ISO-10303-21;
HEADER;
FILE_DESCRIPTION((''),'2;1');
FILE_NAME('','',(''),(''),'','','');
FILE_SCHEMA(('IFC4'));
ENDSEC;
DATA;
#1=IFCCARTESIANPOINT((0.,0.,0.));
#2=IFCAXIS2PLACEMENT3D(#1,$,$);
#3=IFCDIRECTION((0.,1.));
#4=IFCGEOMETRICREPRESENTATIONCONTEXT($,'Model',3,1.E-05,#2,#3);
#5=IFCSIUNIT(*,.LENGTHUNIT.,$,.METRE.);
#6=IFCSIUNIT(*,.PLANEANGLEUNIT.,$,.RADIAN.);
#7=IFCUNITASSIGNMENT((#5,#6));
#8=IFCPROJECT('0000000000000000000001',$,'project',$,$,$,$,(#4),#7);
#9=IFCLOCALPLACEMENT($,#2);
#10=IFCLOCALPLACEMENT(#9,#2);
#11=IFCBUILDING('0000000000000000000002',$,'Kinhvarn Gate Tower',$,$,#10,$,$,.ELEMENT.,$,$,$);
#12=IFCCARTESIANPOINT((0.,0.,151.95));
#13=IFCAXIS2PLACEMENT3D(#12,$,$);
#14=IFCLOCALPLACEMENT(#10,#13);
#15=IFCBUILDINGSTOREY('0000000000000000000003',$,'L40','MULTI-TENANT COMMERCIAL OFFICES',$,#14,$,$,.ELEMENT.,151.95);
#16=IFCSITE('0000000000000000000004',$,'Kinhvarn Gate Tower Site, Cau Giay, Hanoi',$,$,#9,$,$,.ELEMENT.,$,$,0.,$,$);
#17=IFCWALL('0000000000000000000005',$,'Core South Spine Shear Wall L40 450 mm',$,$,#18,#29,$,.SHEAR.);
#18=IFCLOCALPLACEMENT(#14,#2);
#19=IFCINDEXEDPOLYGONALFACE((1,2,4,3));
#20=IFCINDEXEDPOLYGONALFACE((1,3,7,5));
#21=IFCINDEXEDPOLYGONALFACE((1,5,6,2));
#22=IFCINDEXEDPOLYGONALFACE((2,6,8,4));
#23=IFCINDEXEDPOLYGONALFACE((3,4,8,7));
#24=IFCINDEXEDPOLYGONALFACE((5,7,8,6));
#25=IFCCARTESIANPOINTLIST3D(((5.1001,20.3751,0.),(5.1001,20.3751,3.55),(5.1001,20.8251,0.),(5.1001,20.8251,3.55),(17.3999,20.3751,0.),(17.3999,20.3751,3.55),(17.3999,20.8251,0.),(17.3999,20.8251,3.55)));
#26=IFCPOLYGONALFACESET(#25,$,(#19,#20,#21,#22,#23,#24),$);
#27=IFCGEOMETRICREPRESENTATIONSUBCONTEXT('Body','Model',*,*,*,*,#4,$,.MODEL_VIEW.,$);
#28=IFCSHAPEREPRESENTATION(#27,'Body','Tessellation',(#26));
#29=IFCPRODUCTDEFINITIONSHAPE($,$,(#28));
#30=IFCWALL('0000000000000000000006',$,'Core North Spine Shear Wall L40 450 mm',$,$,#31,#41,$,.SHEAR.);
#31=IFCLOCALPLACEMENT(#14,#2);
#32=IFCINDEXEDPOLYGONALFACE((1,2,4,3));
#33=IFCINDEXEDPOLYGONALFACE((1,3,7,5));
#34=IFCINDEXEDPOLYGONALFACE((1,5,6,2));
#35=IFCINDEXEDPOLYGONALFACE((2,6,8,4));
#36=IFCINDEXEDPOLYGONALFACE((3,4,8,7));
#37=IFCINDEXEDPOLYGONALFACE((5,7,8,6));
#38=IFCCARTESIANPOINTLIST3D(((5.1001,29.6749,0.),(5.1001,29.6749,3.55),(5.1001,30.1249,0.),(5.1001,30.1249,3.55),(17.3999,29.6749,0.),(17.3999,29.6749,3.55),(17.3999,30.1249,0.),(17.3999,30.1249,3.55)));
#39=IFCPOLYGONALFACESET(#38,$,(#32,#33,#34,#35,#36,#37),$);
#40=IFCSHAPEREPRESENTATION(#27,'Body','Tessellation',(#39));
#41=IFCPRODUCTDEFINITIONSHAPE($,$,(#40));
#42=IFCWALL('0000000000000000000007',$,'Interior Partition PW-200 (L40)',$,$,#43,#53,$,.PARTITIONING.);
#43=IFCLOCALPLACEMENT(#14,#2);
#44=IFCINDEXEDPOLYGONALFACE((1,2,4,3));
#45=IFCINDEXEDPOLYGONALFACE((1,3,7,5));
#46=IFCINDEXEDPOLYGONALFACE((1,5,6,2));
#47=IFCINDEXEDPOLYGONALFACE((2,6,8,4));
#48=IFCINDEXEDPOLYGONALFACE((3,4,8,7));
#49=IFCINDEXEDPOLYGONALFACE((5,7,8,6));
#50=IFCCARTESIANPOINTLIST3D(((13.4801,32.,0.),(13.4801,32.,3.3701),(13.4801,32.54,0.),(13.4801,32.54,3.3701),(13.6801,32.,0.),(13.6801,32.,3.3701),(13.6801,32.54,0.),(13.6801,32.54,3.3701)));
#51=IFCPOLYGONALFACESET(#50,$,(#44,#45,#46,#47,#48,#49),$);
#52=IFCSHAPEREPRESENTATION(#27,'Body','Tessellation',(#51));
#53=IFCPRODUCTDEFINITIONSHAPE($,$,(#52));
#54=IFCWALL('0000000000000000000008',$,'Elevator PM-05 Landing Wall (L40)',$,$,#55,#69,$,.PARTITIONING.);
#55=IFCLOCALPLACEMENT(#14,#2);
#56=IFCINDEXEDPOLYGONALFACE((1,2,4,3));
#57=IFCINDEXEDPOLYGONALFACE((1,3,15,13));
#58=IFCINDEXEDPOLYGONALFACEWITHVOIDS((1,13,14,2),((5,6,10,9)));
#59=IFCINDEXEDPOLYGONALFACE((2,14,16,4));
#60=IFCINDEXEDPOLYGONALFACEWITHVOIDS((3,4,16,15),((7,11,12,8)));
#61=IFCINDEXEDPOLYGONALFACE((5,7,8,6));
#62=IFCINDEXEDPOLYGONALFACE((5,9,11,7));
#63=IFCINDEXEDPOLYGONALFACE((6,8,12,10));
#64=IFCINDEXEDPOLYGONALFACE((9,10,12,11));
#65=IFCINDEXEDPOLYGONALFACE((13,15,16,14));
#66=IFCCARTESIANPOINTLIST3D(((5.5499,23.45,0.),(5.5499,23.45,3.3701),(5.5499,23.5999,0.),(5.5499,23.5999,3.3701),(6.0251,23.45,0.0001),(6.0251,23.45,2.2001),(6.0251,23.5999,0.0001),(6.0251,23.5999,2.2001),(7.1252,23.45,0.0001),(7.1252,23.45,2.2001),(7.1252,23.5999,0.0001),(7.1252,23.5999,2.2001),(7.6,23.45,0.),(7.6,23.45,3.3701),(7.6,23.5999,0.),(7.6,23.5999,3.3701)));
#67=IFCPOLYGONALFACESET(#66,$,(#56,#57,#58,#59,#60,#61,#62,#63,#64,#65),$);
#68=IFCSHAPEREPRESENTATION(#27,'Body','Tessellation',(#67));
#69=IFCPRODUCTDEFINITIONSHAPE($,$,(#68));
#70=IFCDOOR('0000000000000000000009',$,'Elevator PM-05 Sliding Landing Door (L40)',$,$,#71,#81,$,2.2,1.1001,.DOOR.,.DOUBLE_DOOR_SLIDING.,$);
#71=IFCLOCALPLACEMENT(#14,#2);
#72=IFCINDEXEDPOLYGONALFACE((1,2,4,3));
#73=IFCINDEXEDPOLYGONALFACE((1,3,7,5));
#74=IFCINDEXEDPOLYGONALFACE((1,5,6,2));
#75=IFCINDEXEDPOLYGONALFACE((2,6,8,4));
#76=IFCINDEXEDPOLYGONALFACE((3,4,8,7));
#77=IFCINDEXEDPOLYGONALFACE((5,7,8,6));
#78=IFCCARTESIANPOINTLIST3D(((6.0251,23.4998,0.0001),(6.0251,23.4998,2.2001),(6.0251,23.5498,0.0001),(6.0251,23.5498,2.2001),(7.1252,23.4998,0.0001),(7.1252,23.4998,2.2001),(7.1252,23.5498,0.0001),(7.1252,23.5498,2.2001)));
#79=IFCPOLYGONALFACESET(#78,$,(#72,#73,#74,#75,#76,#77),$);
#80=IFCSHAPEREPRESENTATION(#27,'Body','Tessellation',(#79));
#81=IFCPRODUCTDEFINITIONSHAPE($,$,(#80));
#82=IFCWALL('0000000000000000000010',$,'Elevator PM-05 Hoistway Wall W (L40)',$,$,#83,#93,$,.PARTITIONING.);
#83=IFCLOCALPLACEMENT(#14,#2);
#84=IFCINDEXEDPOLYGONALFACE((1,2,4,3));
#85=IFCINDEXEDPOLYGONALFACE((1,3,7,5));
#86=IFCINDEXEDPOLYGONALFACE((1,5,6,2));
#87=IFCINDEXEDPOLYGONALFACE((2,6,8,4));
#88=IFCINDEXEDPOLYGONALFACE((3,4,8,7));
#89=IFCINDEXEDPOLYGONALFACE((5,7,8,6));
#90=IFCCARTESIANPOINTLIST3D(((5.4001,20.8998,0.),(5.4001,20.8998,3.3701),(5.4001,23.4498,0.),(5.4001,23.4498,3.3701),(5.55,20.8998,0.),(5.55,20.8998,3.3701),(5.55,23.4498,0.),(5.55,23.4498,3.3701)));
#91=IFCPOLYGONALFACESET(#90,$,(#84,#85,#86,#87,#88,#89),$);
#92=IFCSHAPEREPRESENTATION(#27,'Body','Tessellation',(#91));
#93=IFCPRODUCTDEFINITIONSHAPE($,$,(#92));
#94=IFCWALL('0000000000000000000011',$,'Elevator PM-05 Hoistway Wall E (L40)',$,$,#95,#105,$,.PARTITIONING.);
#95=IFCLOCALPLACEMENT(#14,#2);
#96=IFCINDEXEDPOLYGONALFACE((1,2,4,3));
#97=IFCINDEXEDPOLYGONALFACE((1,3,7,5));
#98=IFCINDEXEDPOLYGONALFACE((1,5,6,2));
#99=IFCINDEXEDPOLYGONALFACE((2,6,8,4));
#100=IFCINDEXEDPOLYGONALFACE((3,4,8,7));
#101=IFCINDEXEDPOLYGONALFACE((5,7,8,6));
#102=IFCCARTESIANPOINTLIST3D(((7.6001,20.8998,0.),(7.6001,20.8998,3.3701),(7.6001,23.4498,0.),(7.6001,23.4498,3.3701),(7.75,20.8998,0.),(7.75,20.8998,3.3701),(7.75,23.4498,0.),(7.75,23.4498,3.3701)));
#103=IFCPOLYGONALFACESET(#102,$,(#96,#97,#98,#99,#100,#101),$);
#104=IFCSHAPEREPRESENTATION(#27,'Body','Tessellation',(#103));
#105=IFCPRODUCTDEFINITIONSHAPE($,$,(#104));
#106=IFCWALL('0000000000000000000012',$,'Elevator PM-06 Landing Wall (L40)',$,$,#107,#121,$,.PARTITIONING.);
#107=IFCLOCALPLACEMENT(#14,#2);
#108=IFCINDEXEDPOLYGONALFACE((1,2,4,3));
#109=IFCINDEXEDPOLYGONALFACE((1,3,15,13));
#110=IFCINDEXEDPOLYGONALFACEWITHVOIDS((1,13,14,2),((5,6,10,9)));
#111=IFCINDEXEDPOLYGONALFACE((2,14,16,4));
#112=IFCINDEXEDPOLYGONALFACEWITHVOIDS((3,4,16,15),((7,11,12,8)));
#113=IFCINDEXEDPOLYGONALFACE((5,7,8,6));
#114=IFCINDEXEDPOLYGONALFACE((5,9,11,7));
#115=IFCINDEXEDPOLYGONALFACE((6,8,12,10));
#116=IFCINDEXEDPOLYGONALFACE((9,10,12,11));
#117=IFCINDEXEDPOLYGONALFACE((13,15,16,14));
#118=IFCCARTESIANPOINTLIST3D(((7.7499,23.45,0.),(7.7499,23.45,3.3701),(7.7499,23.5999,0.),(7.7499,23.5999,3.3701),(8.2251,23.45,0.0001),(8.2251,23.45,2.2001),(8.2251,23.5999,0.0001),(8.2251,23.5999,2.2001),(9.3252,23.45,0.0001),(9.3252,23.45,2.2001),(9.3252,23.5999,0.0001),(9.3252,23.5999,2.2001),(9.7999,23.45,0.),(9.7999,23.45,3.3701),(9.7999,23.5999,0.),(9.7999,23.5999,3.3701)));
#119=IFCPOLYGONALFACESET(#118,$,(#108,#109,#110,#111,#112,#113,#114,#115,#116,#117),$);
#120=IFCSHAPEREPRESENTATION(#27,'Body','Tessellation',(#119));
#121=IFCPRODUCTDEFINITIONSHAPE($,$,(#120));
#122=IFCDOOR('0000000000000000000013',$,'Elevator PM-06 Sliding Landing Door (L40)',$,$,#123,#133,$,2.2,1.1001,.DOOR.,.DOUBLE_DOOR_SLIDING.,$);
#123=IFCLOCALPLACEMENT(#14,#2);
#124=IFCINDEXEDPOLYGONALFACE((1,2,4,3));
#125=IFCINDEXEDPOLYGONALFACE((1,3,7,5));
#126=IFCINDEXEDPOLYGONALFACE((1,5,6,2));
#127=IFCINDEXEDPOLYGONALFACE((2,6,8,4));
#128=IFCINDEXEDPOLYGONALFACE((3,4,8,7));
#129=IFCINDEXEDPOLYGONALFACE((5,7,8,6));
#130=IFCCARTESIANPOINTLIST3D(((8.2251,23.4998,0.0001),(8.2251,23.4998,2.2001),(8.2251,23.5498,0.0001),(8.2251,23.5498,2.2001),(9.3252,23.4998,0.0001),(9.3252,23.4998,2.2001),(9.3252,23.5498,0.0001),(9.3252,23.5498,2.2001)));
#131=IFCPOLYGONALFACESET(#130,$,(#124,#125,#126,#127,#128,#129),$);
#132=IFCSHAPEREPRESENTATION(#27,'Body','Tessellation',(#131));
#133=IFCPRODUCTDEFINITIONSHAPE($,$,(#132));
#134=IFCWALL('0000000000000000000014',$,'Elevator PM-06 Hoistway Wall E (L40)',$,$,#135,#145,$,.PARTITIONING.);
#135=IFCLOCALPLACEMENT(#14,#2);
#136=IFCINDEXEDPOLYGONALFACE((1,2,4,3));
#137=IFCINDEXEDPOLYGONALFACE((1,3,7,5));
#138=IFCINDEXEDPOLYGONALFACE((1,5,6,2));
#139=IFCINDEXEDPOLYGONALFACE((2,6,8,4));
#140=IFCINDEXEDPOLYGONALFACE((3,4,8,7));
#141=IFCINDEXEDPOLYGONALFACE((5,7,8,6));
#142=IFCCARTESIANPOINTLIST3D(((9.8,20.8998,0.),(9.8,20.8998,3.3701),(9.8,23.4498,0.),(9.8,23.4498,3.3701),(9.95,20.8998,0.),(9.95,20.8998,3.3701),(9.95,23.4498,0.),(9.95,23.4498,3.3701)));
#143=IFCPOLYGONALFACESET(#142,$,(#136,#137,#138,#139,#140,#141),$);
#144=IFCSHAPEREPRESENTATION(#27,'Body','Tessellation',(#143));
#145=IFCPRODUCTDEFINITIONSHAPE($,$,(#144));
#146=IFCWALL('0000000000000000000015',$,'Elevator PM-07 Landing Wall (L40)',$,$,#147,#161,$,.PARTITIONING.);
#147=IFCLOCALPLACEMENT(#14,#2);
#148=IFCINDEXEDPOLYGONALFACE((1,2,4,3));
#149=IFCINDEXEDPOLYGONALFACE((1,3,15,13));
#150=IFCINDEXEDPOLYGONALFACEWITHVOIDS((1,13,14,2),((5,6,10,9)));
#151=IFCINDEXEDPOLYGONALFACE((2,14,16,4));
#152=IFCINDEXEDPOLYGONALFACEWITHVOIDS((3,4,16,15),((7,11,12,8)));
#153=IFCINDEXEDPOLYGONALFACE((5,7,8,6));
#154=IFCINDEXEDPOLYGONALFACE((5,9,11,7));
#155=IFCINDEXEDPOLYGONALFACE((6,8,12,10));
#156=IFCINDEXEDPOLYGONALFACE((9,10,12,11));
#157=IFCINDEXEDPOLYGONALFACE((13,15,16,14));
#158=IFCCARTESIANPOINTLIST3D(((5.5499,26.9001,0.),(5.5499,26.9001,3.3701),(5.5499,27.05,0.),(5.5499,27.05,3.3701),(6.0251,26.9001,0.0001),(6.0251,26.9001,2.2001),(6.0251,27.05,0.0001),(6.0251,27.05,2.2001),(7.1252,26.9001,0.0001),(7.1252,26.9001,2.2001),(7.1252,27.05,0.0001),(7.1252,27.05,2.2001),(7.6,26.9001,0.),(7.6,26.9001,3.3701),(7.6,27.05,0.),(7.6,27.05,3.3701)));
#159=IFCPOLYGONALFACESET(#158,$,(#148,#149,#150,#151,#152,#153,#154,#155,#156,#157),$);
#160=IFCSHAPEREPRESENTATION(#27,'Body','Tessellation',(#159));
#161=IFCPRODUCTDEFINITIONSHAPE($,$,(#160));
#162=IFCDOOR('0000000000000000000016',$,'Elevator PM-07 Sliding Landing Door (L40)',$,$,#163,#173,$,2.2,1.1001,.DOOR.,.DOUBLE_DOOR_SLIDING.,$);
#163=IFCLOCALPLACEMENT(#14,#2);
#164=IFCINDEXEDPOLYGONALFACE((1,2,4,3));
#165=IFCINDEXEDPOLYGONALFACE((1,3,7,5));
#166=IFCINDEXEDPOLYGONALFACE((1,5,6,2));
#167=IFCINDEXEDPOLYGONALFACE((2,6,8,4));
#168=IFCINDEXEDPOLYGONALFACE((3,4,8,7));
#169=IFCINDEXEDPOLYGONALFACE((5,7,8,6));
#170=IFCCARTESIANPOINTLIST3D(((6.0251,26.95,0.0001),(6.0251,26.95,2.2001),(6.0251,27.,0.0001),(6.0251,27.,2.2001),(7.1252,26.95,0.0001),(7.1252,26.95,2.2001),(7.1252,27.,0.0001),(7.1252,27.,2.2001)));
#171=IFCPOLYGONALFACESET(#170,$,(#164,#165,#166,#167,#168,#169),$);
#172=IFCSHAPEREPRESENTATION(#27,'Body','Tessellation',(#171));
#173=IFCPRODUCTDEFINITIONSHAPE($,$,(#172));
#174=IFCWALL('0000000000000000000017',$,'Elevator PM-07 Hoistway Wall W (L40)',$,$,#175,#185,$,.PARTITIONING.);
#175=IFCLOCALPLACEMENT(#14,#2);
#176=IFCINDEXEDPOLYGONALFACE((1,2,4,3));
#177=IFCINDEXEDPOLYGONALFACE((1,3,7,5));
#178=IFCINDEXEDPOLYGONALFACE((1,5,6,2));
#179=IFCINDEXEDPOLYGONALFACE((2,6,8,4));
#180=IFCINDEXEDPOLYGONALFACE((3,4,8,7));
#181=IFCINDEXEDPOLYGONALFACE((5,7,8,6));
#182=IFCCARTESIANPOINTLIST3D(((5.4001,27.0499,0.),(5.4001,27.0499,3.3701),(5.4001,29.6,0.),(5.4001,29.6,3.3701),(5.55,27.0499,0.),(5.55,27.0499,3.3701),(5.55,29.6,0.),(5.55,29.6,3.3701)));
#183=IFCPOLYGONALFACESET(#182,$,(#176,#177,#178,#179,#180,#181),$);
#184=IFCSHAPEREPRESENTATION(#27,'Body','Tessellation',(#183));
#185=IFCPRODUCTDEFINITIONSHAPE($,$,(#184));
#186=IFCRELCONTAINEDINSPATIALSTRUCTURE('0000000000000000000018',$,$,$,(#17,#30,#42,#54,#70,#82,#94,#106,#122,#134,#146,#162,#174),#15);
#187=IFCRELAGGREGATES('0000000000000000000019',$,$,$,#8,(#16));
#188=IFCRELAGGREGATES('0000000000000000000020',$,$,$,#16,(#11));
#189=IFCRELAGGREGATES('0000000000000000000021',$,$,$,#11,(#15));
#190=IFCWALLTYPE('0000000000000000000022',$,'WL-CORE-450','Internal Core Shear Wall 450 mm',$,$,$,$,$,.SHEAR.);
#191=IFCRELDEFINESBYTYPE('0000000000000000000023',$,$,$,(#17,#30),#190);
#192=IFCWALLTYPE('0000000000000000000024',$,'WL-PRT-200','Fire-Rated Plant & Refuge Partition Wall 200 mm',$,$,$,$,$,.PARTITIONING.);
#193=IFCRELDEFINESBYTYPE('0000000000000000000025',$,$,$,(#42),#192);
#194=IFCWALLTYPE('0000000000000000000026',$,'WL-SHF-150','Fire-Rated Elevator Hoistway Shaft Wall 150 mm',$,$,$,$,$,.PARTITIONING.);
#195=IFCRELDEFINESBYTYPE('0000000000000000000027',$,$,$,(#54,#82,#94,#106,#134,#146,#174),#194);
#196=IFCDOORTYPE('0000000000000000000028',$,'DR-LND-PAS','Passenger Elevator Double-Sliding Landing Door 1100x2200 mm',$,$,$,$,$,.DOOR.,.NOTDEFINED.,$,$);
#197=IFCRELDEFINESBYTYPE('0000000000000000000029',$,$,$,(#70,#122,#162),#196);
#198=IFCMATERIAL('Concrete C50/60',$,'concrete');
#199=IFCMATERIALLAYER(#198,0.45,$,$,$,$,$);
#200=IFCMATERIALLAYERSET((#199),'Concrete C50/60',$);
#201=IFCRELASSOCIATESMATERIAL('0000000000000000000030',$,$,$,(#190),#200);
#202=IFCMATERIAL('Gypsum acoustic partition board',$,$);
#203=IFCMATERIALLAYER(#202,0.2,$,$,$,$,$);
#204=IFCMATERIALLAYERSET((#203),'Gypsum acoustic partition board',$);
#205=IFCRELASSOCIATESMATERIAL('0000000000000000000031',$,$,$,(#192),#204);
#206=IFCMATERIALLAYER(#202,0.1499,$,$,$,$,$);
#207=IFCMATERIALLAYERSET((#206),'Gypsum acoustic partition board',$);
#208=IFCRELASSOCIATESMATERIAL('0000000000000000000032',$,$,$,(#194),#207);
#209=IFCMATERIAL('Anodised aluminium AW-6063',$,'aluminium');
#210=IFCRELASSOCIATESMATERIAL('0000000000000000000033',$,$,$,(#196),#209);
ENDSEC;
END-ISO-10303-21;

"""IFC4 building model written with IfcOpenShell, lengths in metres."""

from ifc_helpers import new_model, si_unit, direction, frame, frame_2d, origin, place, context, subcontext, project, spatial, rectangle, extrude, material, layer, layer_set, type_object, element, fill, save


model = new_model("IFC4")

# Units and contexts
model_context = context("Model", 3, precision=1e-05, world=origin(), true_north=direction((0.0, 1.0)))
body_context = subcontext(model_context, "Body", "Model", "MODEL_VIEW")
ifc_project = project(units=[si_unit("LENGTHUNIT", "METRE"), si_unit("PLANEANGLEUNIT", "RADIAN")], contexts=[model_context])

# Site, building, storey
site_placement = place(None, origin())
site = spatial("IfcSite", under=ifc_project, at=site_placement, Name="Kinhvarn Gate Tower Site, Cau Giay, Hanoi", CompositionType="ELEMENT", RefElevation=0.0)
building_placement = place(site_placement, origin())
building = spatial("IfcBuilding", under=site, at=building_placement, Name="Kinhvarn Gate Tower", CompositionType="ELEMENT")
storey_placement = place(building_placement, frame((0.0, 0.0, 151.95)))
storey = spatial("IfcBuildingStorey", under=building, at=storey_placement, Name="L40", Description="MULTI-TENANT COMMERCIAL OFFICES", CompositionType="ELEMENT", Elevation=151.95)

# Walls
ifc_material_1 = material(Name="Concrete C50/60", Category="concrete")
ifc_layer_1 = layer(ifc_material_1, 0.45)
ifc_layer_set_1 = layer_set([ifc_layer_1], Name="Concrete C50/60")
wall_type_1 = type_object("IfcWallType", Name="WL-CORE-450", Description="Internal Core Shear Wall 450 mm", PredefinedType="SHEAR", material=ifc_layer_set_1)
for number, where, z_axis, x_axis, name in (
    (1, (5.1001, 20.6001, 0.0), (0.0, 0.0, 1.0), (1.0, 0.0, 0.0), "Core South Spine Shear Wall L40 450 mm"),
    (2, (5.1001, 29.8999, 0.0), (0.0, 0.0, 1.0), (1.0, 0.0, 0.0), "Core North Spine Shear Wall L40 450 mm"),
):
    element("IfcWall", number, at=place(storey_placement, frame(where, z_axis=z_axis, x_axis=x_axis)), inside=storey, type_object=wall_type_1, Name=name, PredefinedType="SHEAR", context=body_context, shape_type="SweptSolid", body=[
        extrude(rectangle(XDim=12.2998, YDim=0.45, at=frame_2d((6.1499, 0.0))), origin(), (0.0, 0.0, 1.0), 3.55),
    ])
ifc_material_2 = material(Name="Gypsum acoustic partition board")
ifc_layer_2 = layer(ifc_material_2, 0.2)
ifc_layer_set_2 = layer_set([ifc_layer_2], Name="Gypsum acoustic partition board")
wall_type_2 = type_object("IfcWallType", Name="WL-PRT-200", Description="Fire-Rated Plant & Refuge Partition Wall 200 mm", PredefinedType="PARTITIONING", material=ifc_layer_set_2)
wall_1_placement = place(storey_placement, frame((13.5801, 32.0, 0.0), z_axis=(0.0, 0.0, 1.0), x_axis=(0.0, 1.0, 0.0)))
element("IfcWall", 3, at=wall_1_placement, inside=storey, type_object=wall_type_2, Name="Interior Partition PW-200 (L40)", PredefinedType="PARTITIONING", context=body_context, shape_type="SweptSolid", body=[
    extrude(rectangle(XDim=0.54, YDim=0.2, at=frame_2d((0.27, 0.0))), origin(), (0.0, 0.0, 1.0), 3.3701),
])

# Wall, opening, door
ifc_layer_3 = layer(ifc_material_2, 0.1499)
ifc_layer_set_3 = layer_set([ifc_layer_3], Name="Gypsum acoustic partition board")
wall_type_3 = type_object("IfcWallType", Name="WL-SHF-150", Description="Fire-Rated Elevator Hoistway Shaft Wall 150 mm", PredefinedType="PARTITIONING", material=ifc_layer_set_3)
wall_2_placement = place(storey_placement, frame((5.55, 23.5249, 0.0), z_axis=(0.0, 0.0, 1.0), x_axis=(1.0, 0.0, 0.0)))
wall_2 = element("IfcWall", 4, at=wall_2_placement, inside=storey, type_object=wall_type_3, Name="Elevator PM-05 Landing Wall (L40)", PredefinedType="PARTITIONING", context=body_context, shape_type="SweptSolid", body=[
    extrude(rectangle(XDim=2.05, YDim=0.1499, at=frame_2d((1.0249, 0.0))), origin(), (0.0, 0.0, 1.0), 3.3701),
])
opening_1_placement = place(wall_2_placement, frame((0.4751, 0.0, 0.0)))
opening_1 = element("IfcOpeningElement", 5, at=opening_1_placement, cuts=wall_2, PredefinedType="OPENING", context=body_context, shape_type="SweptSolid", body=[
    extrude(rectangle(XDim=1.1001, YDim=2.2, at=frame_2d((0.55, 1.1001))), frame((0.0, 0.085, 0.0), z_axis=(0.0, -1.0, 0.0), x_axis=(1.0, 0.0, 0.0)), (0.0, 0.0, 1.0), 0.1699),
])
ifc_material_3 = material(Name="Anodised aluminium AW-6063", Category="aluminium")
door_type_1 = type_object("IfcDoorType", Name="DR-LND-PAS", Description="Passenger Elevator Double-Sliding Landing Door 1100x2200 mm", OperationType="NOTDEFINED", PredefinedType="DOOR", material=ifc_material_3)
door_1_placement = place(opening_1_placement, origin())
door_1 = element("IfcDoor", 6, at=door_1_placement, inside=storey, type_object=door_type_1, Name="Elevator PM-05 Sliding Landing Door (L40)", OperationType="DOUBLE_DOOR_SLIDING", OverallHeight=2.2, OverallWidth=1.1001, PredefinedType="DOOR", context=body_context, shape_type="SweptSolid", body=[
    extrude(rectangle(XDim=1.1001, YDim=2.2, at=frame_2d((0.55, 1.1001))), frame((0.0, 0.0249, 0.0), z_axis=(0.0, -1.0, 0.0), x_axis=(1.0, 0.0, 0.0)), (0.0, 0.0, 1.0), 0.05),
])
fill(opening_1, door_1)

# Walls
for number, where, z_axis, x_axis, name in (
    (7, (5.4751, 20.8999, 0.0), (0.0, 0.0, 1.0), (0.0, 1.0, 0.0), "Elevator PM-05 Hoistway Wall W (L40)"),
    (8, (7.675, 20.8999, 0.0), (0.0, 0.0, 1.0), (0.0, 1.0, 0.0), "Elevator PM-05 Hoistway Wall E (L40)"),
):
    element("IfcWall", number, at=place(storey_placement, frame(where, z_axis=z_axis, x_axis=x_axis)), inside=storey, type_object=wall_type_3, Name=name, PredefinedType="PARTITIONING", context=body_context, shape_type="SweptSolid", body=[
        extrude(rectangle(XDim=2.55, YDim=0.1499, at=frame_2d((1.2749, 0.0))), origin(), (0.0, 0.0, 1.0), 3.3701),
    ])

# Wall, opening, door
wall_3_placement = place(storey_placement, frame((7.75, 23.5249, 0.0), z_axis=(0.0, 0.0, 1.0), x_axis=(1.0, 0.0, 0.0)))
wall_3 = element("IfcWall", 9, at=wall_3_placement, inside=storey, type_object=wall_type_3, Name="Elevator PM-06 Landing Wall (L40)", PredefinedType="PARTITIONING", context=body_context, shape_type="SweptSolid", body=[
    extrude(rectangle(XDim=2.05, YDim=0.1499, at=frame_2d((1.0249, 0.0))), origin(), (0.0, 0.0, 1.0), 3.3701),
])
opening_2_placement = place(wall_3_placement, frame((0.4751, 0.0, 0.0)))
opening_2 = element("IfcOpeningElement", 10, at=opening_2_placement, cuts=wall_3, PredefinedType="OPENING", context=body_context, shape_type="SweptSolid", body=[
    extrude(rectangle(XDim=1.1001, YDim=2.2, at=frame_2d((0.55, 1.1001))), frame((0.0, 0.085, 0.0), z_axis=(0.0, -1.0, 0.0), x_axis=(1.0, 0.0, 0.0)), (0.0, 0.0, 1.0), 0.1699),
])
door_2_placement = place(opening_2_placement, origin())
door_2 = element("IfcDoor", 11, at=door_2_placement, inside=storey, type_object=door_type_1, Name="Elevator PM-06 Sliding Landing Door (L40)", OperationType="DOUBLE_DOOR_SLIDING", OverallHeight=2.2, OverallWidth=1.1001, PredefinedType="DOOR", context=body_context, shape_type="SweptSolid", body=[
    extrude(rectangle(XDim=1.1001, YDim=2.2, at=frame_2d((0.55, 1.1001))), frame((0.0, 0.0249, 0.0), z_axis=(0.0, -1.0, 0.0), x_axis=(1.0, 0.0, 0.0)), (0.0, 0.0, 1.0), 0.05),
])
fill(opening_2, door_2)

# Wall
wall_4_placement = place(storey_placement, frame((9.875, 20.8999, 0.0), z_axis=(0.0, 0.0, 1.0), x_axis=(0.0, 1.0, 0.0)))
element("IfcWall", 12, at=wall_4_placement, inside=storey, type_object=wall_type_3, Name="Elevator PM-06 Hoistway Wall E (L40)", PredefinedType="PARTITIONING", context=body_context, shape_type="SweptSolid", body=[
    extrude(rectangle(XDim=2.55, YDim=0.1499, at=frame_2d((1.2749, 0.0))), origin(), (0.0, 0.0, 1.0), 3.3701),
])

# Wall, opening, door
wall_5_placement = place(storey_placement, frame((5.55, 26.9751, 0.0), z_axis=(0.0, 0.0, 1.0), x_axis=(1.0, 0.0, 0.0)))
wall_5 = element("IfcWall", 13, at=wall_5_placement, inside=storey, type_object=wall_type_3, Name="Elevator PM-07 Landing Wall (L40)", PredefinedType="PARTITIONING", context=body_context, shape_type="SweptSolid", body=[
    extrude(rectangle(XDim=2.05, YDim=0.1499, at=frame_2d((1.0249, 0.0))), origin(), (0.0, 0.0, 1.0), 3.3701),
])
opening_3_placement = place(wall_5_placement, frame((0.4751, 0.0, 0.0)))
opening_3 = element("IfcOpeningElement", 14, at=opening_3_placement, cuts=wall_5, PredefinedType="OPENING", context=body_context, shape_type="SweptSolid", body=[
    extrude(rectangle(XDim=1.1001, YDim=2.2, at=frame_2d((0.55, 1.1001))), frame((0.0, 0.085, 0.0), z_axis=(0.0, -1.0, 0.0), x_axis=(1.0, 0.0, 0.0)), (0.0, 0.0, 1.0), 0.1699),
])
door_3_placement = place(opening_3_placement, origin())
door_3 = element("IfcDoor", 15, at=door_3_placement, inside=storey, type_object=door_type_1, Name="Elevator PM-07 Sliding Landing Door (L40)", OperationType="DOUBLE_DOOR_SLIDING", OverallHeight=2.2, OverallWidth=1.1001, PredefinedType="DOOR", context=body_context, shape_type="SweptSolid", body=[
    extrude(rectangle(XDim=1.1001, YDim=2.2, at=frame_2d((0.55, 1.1001))), frame((0.0, 0.0249, 0.0), z_axis=(0.0, -1.0, 0.0), x_axis=(1.0, 0.0, 0.0)), (0.0, 0.0, 1.0), 0.05),
])
fill(opening_3, door_3)

# Wall
for number, where, z_axis, x_axis, name in (
    (16, (5.4751, 27.05, 0.0), (0.0, 0.0, 1.0), (0.0, 1.0, 0.0), "Elevator PM-07 Hoistway Wall W (L40)"),
):
    element("IfcWall", number, at=place(storey_placement, frame(where, z_axis=z_axis, x_axis=x_axis)), inside=storey, type_object=wall_type_3, Name=name, PredefinedType="PARTITIONING", context=body_context, shape_type="SweptSolid", body=[
        extrude(rectangle(XDim=2.55, YDim=0.1499, at=frame_2d((1.2749, 0.0))), origin(), (0.0, 0.0, 1.0), 3.3701),
    ])

save(model, "model.ifc")
